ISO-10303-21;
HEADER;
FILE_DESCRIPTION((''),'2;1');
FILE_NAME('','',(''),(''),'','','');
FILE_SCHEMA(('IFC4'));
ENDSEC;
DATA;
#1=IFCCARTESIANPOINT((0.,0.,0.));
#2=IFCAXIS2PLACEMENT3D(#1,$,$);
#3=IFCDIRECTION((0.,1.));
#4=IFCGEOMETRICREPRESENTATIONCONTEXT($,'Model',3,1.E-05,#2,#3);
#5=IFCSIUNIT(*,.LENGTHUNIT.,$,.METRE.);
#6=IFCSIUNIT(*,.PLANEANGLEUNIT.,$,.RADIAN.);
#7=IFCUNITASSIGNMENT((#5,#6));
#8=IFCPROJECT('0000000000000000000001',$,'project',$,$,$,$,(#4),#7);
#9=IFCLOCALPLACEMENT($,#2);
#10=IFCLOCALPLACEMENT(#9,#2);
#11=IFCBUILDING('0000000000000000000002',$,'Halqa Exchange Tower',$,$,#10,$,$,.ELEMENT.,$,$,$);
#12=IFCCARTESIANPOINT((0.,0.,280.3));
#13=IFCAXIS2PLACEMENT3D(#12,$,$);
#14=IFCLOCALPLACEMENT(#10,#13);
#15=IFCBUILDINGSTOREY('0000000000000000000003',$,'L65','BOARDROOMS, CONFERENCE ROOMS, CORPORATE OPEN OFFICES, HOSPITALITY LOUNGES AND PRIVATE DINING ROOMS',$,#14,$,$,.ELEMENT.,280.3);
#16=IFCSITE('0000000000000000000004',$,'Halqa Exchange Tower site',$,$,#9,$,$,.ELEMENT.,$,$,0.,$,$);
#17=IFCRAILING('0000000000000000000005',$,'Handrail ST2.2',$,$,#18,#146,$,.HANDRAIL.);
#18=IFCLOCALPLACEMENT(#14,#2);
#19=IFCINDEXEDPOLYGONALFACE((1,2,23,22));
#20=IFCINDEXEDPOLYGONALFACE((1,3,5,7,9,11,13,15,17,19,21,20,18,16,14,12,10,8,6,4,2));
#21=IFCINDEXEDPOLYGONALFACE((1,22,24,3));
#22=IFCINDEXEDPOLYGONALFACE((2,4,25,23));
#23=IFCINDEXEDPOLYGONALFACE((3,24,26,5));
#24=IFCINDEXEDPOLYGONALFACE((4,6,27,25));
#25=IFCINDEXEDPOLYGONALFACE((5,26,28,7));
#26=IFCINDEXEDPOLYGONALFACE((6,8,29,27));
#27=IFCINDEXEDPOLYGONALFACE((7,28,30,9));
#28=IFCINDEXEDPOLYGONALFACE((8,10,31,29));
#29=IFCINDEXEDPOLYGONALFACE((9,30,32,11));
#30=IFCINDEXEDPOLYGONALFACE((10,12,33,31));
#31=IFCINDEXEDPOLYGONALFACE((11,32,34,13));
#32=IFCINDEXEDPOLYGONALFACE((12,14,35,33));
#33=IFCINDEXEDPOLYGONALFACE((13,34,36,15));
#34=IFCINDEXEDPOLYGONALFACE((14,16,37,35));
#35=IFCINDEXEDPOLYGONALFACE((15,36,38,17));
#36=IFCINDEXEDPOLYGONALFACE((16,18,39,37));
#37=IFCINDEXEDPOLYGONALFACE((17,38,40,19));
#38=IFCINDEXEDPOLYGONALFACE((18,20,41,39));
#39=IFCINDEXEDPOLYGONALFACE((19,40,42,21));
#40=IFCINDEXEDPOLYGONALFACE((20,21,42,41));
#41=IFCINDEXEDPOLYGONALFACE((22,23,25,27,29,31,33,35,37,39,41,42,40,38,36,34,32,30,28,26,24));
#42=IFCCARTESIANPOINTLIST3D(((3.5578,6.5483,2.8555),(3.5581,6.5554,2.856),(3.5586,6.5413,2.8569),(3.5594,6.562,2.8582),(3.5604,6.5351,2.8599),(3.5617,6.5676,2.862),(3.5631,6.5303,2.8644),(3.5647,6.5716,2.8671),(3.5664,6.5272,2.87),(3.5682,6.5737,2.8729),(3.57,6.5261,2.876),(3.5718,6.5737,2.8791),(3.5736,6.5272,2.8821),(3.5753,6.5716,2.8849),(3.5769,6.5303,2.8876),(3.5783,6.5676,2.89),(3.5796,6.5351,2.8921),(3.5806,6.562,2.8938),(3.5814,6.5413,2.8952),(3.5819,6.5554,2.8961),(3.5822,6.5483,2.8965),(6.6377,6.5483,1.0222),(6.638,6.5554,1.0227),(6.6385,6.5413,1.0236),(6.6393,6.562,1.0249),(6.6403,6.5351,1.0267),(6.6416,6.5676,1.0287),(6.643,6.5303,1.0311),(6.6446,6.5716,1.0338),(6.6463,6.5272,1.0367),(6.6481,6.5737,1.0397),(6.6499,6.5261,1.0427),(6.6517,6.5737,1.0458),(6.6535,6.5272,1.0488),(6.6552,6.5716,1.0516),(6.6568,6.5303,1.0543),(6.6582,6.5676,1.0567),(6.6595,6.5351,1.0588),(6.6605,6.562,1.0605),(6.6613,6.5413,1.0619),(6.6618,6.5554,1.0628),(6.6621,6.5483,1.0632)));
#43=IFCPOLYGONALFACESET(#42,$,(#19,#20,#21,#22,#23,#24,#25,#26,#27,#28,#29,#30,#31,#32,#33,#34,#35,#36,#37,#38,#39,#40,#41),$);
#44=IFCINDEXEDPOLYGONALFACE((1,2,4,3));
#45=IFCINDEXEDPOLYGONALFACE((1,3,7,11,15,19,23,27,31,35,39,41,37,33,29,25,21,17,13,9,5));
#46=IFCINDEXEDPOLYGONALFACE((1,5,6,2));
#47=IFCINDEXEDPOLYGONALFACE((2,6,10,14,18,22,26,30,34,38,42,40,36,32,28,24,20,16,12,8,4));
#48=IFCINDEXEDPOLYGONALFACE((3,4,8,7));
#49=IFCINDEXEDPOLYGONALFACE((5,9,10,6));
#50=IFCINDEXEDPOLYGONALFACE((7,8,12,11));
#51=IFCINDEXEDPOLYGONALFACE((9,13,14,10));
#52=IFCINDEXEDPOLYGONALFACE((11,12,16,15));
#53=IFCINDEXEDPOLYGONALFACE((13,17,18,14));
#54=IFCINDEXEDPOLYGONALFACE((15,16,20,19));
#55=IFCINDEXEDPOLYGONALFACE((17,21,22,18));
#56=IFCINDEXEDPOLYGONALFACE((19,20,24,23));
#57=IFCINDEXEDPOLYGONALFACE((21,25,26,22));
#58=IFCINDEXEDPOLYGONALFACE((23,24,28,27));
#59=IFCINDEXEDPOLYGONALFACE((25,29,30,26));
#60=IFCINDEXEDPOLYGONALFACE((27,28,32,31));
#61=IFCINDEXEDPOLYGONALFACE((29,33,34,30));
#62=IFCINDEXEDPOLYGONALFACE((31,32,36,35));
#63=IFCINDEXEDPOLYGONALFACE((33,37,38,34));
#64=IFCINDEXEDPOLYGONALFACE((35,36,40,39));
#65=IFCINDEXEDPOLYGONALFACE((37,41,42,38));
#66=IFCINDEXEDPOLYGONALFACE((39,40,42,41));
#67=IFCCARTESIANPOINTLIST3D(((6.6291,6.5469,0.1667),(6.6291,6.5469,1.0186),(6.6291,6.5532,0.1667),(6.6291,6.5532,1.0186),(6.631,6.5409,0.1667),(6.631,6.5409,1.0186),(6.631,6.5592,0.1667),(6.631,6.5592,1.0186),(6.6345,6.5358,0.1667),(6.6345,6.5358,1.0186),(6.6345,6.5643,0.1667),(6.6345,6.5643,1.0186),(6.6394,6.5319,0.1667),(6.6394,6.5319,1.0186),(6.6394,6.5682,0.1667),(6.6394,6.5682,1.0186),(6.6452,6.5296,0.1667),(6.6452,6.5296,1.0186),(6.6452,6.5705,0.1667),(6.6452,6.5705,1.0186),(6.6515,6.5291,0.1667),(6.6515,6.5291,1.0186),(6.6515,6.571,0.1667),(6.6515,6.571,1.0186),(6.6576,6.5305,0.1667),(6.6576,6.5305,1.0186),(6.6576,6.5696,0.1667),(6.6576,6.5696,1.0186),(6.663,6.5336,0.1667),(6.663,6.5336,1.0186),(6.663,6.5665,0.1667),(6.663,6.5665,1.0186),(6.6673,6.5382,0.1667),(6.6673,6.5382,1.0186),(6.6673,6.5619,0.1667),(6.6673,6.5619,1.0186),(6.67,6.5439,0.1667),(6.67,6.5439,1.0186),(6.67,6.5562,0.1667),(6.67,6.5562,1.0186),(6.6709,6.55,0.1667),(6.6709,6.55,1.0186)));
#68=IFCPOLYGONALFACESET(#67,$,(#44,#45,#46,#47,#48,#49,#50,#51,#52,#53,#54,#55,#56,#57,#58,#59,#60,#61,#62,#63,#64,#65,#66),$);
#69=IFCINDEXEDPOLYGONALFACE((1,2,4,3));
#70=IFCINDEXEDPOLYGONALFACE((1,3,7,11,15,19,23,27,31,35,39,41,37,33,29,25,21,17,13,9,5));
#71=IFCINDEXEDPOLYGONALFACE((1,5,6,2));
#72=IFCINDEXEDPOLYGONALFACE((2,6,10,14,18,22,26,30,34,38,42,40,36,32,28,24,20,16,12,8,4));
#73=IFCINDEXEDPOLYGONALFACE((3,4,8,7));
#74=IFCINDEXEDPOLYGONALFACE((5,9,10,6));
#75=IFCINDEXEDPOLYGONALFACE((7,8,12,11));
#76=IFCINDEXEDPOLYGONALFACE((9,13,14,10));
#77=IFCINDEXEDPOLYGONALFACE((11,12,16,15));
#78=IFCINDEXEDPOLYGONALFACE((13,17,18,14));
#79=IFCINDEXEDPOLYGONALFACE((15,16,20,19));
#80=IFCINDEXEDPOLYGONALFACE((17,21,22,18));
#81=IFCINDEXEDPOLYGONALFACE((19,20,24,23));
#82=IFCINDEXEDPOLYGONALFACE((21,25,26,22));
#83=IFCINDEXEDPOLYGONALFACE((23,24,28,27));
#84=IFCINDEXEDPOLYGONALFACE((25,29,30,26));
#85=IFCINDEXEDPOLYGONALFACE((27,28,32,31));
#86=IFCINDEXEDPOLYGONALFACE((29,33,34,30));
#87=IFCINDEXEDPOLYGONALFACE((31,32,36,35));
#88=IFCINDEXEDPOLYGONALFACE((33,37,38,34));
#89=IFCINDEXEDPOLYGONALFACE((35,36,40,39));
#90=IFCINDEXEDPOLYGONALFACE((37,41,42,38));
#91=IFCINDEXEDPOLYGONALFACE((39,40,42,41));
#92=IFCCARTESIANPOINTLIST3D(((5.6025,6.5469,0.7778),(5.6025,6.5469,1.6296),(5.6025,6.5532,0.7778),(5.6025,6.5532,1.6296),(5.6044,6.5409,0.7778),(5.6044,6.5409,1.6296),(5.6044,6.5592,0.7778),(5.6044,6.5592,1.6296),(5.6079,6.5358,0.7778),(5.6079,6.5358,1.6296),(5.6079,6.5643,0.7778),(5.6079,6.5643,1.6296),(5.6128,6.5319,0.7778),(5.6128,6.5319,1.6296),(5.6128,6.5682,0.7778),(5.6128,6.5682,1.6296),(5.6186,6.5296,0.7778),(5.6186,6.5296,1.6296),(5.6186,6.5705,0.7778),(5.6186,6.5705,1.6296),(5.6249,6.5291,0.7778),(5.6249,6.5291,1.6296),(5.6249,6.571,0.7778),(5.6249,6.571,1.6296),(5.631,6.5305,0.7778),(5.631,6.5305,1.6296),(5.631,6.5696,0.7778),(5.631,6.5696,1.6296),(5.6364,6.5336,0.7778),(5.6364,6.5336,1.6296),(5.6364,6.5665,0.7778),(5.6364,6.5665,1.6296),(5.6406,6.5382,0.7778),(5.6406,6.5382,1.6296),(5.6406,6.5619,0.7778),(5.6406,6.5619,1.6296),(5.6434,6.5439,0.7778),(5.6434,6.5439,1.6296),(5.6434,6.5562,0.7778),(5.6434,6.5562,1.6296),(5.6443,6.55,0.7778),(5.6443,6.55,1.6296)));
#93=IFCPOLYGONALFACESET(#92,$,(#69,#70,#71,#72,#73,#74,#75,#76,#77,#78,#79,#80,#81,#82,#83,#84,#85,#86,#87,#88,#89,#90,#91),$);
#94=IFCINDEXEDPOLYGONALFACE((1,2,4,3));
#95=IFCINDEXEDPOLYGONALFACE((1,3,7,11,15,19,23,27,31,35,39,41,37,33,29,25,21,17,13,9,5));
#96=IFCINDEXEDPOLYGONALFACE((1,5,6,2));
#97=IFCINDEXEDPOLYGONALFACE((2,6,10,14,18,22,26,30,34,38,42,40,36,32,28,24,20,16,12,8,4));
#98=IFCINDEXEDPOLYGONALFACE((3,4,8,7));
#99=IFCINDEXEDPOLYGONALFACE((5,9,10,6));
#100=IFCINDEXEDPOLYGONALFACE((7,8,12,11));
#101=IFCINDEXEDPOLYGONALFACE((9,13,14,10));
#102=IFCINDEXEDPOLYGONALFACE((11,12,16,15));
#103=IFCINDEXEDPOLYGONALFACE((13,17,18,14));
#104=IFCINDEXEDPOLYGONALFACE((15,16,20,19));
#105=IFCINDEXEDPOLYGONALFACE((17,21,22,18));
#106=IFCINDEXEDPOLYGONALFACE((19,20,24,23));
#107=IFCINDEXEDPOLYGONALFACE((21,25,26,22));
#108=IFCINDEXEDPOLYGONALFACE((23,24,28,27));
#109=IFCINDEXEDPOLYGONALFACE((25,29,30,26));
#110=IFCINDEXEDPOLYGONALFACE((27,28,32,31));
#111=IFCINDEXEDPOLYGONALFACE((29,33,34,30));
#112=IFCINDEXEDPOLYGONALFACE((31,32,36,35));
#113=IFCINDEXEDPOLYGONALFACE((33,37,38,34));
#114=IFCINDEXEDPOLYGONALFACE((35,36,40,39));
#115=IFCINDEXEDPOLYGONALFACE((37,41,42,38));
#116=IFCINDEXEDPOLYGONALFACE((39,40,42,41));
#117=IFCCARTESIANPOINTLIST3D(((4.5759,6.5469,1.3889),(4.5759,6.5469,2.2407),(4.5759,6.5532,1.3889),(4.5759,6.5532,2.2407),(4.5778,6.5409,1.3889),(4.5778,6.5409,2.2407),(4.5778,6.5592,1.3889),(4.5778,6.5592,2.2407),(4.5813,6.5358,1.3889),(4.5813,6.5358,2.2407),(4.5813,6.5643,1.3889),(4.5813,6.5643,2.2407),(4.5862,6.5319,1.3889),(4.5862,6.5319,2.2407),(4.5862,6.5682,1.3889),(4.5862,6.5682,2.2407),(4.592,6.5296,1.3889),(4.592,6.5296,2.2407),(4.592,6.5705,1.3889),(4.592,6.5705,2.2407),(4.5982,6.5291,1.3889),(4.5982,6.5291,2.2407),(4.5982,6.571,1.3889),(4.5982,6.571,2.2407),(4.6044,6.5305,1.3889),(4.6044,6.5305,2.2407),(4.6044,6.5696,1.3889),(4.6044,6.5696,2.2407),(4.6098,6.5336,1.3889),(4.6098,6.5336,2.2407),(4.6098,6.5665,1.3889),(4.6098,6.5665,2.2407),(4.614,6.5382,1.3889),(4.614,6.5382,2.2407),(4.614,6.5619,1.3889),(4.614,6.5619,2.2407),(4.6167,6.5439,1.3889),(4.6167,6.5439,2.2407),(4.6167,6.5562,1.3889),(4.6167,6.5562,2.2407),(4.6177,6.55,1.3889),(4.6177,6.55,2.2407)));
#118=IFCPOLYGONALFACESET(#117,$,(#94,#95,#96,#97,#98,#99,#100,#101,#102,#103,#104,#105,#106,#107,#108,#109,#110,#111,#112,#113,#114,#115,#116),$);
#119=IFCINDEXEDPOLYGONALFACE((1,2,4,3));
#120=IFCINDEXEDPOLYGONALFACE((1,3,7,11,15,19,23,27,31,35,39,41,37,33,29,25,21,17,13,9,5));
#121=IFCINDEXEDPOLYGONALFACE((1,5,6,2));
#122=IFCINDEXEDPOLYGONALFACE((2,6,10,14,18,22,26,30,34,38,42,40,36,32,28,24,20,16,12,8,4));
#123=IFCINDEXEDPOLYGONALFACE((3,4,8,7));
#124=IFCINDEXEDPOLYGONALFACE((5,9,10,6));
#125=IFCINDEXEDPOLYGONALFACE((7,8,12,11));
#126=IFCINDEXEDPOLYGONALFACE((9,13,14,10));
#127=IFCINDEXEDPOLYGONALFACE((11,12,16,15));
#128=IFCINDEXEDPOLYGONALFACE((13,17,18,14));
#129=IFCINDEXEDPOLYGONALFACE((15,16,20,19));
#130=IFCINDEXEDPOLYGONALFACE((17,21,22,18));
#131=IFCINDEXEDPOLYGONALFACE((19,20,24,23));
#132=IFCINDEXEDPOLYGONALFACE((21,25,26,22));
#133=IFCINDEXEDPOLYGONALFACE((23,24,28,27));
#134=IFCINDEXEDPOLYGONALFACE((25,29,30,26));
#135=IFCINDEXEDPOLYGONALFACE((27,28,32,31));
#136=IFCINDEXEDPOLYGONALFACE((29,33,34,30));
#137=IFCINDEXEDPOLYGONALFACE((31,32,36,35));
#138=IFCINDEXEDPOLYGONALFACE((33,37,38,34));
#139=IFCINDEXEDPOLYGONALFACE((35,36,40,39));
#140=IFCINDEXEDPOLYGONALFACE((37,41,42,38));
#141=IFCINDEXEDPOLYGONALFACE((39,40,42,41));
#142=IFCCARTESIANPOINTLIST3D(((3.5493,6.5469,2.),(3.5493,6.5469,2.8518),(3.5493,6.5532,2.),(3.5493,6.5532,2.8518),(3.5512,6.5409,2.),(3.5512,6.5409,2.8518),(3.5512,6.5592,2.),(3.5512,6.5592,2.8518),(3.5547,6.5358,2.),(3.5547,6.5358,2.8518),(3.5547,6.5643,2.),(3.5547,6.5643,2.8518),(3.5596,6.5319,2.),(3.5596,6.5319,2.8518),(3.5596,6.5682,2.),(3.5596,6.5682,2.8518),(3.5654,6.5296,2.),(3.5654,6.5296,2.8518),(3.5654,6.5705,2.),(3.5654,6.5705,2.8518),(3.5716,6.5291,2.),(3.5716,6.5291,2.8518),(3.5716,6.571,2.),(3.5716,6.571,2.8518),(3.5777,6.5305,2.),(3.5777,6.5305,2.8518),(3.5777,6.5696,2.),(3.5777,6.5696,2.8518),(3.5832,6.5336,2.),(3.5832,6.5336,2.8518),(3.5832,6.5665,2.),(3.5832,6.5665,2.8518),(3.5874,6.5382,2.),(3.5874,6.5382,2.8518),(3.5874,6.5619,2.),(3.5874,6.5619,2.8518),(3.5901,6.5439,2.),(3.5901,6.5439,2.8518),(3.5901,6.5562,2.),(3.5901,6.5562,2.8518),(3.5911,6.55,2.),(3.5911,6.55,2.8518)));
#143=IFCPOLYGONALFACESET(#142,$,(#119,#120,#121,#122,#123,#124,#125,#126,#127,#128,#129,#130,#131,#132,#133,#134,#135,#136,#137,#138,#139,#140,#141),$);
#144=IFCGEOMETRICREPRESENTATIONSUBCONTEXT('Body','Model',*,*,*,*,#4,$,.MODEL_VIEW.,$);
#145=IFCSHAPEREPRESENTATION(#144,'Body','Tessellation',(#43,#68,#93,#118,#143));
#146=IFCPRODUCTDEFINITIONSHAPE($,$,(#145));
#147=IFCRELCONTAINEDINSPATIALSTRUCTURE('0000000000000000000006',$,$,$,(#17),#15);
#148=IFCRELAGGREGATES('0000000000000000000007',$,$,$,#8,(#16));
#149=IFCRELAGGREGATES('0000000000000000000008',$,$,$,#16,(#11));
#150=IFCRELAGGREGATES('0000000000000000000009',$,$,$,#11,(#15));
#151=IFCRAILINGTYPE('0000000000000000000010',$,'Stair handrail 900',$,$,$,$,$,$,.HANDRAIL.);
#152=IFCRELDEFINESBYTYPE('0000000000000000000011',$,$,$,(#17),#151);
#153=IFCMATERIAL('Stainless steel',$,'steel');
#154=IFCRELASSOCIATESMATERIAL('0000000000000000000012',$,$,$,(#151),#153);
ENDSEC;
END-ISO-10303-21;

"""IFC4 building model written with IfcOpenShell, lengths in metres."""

from ifc_helpers import new_model, si_unit, direction, frame, origin, origin_2d, place, context, subcontext, project, spatial, circle, extrude, material, type_object, element, save


model = new_model("IFC4")

# Units and contexts
model_context = context("Model", 3, precision=1e-05, world=origin(), true_north=direction((0.0, 1.0)))
body_context = subcontext(model_context, "Body", "Model", "MODEL_VIEW")
ifc_project = project(units=[si_unit("LENGTHUNIT", "METRE"), si_unit("PLANEANGLEUNIT", "RADIAN")], contexts=[model_context])

# Site, building, storey
site_placement = place(None, origin())
site = spatial("IfcSite", under=ifc_project, at=site_placement, Name="Halqa Exchange Tower site", CompositionType="ELEMENT", RefElevation=0.0)
building_placement = place(site_placement, origin())
building = spatial("IfcBuilding", under=site, at=building_placement, Name="Halqa Exchange Tower", CompositionType="ELEMENT")
storey_placement = place(building_placement, frame((0.0, 0.0, 280.3)))
storey = spatial("IfcBuildingStorey", under=building, at=storey_placement, Name="L65", Description="BOARDROOMS, CONFERENCE ROOMS, CORPORATE OPEN OFFICES, HOSPITALITY LOUNGES AND PRIVATE DINING ROOMS", CompositionType="ELEMENT", Elevation=280.3)

# Railing
ifc_material_1 = material(Name="Stainless steel", Category="steel")
railing_type_1 = type_object("IfcRailingType", Name="Stair handrail 900", PredefinedType="HANDRAIL", material=ifc_material_1)
railing_1_placement = place(storey_placement, frame((6.6499, 6.55, 0.1667)))
element("IfcRailing", 1, at=railing_1_placement, inside=storey, type_object=railing_type_1, Name="Handrail ST2.2", PredefinedType="HANDRAIL", context=body_context, shape_type="SweptSolid", body=[
    extrude(circle(Radius=0.0239, at=origin_2d()), frame((0.0, 0.0, 0.876), z_axis=(-0.859291, 0.0, 0.511487), x_axis=(0.0, -1.0, 0.0)), (0.0, 0.0, 1.0), 3.5842),
    extrude(circle(Radius=0.021, at=origin_2d()), origin(), (0.0, 0.0, 1.0), 0.8518),
    extrude(circle(Radius=0.021, at=origin_2d()), frame((-1.0266, 0.0, 0.6111)), (0.0, 0.0, 1.0), 0.8518),
    extrude(circle(Radius=0.021, at=origin_2d()), frame((-2.0532, 0.0, 1.2222)), (0.0, 0.0, 1.0), 0.8518),
    extrude(circle(Radius=0.021, at=origin_2d()), frame((-3.0798, 0.0, 1.8333)), (0.0, 0.0, 1.0), 0.8518),
])

save(model, "model.ifc")
